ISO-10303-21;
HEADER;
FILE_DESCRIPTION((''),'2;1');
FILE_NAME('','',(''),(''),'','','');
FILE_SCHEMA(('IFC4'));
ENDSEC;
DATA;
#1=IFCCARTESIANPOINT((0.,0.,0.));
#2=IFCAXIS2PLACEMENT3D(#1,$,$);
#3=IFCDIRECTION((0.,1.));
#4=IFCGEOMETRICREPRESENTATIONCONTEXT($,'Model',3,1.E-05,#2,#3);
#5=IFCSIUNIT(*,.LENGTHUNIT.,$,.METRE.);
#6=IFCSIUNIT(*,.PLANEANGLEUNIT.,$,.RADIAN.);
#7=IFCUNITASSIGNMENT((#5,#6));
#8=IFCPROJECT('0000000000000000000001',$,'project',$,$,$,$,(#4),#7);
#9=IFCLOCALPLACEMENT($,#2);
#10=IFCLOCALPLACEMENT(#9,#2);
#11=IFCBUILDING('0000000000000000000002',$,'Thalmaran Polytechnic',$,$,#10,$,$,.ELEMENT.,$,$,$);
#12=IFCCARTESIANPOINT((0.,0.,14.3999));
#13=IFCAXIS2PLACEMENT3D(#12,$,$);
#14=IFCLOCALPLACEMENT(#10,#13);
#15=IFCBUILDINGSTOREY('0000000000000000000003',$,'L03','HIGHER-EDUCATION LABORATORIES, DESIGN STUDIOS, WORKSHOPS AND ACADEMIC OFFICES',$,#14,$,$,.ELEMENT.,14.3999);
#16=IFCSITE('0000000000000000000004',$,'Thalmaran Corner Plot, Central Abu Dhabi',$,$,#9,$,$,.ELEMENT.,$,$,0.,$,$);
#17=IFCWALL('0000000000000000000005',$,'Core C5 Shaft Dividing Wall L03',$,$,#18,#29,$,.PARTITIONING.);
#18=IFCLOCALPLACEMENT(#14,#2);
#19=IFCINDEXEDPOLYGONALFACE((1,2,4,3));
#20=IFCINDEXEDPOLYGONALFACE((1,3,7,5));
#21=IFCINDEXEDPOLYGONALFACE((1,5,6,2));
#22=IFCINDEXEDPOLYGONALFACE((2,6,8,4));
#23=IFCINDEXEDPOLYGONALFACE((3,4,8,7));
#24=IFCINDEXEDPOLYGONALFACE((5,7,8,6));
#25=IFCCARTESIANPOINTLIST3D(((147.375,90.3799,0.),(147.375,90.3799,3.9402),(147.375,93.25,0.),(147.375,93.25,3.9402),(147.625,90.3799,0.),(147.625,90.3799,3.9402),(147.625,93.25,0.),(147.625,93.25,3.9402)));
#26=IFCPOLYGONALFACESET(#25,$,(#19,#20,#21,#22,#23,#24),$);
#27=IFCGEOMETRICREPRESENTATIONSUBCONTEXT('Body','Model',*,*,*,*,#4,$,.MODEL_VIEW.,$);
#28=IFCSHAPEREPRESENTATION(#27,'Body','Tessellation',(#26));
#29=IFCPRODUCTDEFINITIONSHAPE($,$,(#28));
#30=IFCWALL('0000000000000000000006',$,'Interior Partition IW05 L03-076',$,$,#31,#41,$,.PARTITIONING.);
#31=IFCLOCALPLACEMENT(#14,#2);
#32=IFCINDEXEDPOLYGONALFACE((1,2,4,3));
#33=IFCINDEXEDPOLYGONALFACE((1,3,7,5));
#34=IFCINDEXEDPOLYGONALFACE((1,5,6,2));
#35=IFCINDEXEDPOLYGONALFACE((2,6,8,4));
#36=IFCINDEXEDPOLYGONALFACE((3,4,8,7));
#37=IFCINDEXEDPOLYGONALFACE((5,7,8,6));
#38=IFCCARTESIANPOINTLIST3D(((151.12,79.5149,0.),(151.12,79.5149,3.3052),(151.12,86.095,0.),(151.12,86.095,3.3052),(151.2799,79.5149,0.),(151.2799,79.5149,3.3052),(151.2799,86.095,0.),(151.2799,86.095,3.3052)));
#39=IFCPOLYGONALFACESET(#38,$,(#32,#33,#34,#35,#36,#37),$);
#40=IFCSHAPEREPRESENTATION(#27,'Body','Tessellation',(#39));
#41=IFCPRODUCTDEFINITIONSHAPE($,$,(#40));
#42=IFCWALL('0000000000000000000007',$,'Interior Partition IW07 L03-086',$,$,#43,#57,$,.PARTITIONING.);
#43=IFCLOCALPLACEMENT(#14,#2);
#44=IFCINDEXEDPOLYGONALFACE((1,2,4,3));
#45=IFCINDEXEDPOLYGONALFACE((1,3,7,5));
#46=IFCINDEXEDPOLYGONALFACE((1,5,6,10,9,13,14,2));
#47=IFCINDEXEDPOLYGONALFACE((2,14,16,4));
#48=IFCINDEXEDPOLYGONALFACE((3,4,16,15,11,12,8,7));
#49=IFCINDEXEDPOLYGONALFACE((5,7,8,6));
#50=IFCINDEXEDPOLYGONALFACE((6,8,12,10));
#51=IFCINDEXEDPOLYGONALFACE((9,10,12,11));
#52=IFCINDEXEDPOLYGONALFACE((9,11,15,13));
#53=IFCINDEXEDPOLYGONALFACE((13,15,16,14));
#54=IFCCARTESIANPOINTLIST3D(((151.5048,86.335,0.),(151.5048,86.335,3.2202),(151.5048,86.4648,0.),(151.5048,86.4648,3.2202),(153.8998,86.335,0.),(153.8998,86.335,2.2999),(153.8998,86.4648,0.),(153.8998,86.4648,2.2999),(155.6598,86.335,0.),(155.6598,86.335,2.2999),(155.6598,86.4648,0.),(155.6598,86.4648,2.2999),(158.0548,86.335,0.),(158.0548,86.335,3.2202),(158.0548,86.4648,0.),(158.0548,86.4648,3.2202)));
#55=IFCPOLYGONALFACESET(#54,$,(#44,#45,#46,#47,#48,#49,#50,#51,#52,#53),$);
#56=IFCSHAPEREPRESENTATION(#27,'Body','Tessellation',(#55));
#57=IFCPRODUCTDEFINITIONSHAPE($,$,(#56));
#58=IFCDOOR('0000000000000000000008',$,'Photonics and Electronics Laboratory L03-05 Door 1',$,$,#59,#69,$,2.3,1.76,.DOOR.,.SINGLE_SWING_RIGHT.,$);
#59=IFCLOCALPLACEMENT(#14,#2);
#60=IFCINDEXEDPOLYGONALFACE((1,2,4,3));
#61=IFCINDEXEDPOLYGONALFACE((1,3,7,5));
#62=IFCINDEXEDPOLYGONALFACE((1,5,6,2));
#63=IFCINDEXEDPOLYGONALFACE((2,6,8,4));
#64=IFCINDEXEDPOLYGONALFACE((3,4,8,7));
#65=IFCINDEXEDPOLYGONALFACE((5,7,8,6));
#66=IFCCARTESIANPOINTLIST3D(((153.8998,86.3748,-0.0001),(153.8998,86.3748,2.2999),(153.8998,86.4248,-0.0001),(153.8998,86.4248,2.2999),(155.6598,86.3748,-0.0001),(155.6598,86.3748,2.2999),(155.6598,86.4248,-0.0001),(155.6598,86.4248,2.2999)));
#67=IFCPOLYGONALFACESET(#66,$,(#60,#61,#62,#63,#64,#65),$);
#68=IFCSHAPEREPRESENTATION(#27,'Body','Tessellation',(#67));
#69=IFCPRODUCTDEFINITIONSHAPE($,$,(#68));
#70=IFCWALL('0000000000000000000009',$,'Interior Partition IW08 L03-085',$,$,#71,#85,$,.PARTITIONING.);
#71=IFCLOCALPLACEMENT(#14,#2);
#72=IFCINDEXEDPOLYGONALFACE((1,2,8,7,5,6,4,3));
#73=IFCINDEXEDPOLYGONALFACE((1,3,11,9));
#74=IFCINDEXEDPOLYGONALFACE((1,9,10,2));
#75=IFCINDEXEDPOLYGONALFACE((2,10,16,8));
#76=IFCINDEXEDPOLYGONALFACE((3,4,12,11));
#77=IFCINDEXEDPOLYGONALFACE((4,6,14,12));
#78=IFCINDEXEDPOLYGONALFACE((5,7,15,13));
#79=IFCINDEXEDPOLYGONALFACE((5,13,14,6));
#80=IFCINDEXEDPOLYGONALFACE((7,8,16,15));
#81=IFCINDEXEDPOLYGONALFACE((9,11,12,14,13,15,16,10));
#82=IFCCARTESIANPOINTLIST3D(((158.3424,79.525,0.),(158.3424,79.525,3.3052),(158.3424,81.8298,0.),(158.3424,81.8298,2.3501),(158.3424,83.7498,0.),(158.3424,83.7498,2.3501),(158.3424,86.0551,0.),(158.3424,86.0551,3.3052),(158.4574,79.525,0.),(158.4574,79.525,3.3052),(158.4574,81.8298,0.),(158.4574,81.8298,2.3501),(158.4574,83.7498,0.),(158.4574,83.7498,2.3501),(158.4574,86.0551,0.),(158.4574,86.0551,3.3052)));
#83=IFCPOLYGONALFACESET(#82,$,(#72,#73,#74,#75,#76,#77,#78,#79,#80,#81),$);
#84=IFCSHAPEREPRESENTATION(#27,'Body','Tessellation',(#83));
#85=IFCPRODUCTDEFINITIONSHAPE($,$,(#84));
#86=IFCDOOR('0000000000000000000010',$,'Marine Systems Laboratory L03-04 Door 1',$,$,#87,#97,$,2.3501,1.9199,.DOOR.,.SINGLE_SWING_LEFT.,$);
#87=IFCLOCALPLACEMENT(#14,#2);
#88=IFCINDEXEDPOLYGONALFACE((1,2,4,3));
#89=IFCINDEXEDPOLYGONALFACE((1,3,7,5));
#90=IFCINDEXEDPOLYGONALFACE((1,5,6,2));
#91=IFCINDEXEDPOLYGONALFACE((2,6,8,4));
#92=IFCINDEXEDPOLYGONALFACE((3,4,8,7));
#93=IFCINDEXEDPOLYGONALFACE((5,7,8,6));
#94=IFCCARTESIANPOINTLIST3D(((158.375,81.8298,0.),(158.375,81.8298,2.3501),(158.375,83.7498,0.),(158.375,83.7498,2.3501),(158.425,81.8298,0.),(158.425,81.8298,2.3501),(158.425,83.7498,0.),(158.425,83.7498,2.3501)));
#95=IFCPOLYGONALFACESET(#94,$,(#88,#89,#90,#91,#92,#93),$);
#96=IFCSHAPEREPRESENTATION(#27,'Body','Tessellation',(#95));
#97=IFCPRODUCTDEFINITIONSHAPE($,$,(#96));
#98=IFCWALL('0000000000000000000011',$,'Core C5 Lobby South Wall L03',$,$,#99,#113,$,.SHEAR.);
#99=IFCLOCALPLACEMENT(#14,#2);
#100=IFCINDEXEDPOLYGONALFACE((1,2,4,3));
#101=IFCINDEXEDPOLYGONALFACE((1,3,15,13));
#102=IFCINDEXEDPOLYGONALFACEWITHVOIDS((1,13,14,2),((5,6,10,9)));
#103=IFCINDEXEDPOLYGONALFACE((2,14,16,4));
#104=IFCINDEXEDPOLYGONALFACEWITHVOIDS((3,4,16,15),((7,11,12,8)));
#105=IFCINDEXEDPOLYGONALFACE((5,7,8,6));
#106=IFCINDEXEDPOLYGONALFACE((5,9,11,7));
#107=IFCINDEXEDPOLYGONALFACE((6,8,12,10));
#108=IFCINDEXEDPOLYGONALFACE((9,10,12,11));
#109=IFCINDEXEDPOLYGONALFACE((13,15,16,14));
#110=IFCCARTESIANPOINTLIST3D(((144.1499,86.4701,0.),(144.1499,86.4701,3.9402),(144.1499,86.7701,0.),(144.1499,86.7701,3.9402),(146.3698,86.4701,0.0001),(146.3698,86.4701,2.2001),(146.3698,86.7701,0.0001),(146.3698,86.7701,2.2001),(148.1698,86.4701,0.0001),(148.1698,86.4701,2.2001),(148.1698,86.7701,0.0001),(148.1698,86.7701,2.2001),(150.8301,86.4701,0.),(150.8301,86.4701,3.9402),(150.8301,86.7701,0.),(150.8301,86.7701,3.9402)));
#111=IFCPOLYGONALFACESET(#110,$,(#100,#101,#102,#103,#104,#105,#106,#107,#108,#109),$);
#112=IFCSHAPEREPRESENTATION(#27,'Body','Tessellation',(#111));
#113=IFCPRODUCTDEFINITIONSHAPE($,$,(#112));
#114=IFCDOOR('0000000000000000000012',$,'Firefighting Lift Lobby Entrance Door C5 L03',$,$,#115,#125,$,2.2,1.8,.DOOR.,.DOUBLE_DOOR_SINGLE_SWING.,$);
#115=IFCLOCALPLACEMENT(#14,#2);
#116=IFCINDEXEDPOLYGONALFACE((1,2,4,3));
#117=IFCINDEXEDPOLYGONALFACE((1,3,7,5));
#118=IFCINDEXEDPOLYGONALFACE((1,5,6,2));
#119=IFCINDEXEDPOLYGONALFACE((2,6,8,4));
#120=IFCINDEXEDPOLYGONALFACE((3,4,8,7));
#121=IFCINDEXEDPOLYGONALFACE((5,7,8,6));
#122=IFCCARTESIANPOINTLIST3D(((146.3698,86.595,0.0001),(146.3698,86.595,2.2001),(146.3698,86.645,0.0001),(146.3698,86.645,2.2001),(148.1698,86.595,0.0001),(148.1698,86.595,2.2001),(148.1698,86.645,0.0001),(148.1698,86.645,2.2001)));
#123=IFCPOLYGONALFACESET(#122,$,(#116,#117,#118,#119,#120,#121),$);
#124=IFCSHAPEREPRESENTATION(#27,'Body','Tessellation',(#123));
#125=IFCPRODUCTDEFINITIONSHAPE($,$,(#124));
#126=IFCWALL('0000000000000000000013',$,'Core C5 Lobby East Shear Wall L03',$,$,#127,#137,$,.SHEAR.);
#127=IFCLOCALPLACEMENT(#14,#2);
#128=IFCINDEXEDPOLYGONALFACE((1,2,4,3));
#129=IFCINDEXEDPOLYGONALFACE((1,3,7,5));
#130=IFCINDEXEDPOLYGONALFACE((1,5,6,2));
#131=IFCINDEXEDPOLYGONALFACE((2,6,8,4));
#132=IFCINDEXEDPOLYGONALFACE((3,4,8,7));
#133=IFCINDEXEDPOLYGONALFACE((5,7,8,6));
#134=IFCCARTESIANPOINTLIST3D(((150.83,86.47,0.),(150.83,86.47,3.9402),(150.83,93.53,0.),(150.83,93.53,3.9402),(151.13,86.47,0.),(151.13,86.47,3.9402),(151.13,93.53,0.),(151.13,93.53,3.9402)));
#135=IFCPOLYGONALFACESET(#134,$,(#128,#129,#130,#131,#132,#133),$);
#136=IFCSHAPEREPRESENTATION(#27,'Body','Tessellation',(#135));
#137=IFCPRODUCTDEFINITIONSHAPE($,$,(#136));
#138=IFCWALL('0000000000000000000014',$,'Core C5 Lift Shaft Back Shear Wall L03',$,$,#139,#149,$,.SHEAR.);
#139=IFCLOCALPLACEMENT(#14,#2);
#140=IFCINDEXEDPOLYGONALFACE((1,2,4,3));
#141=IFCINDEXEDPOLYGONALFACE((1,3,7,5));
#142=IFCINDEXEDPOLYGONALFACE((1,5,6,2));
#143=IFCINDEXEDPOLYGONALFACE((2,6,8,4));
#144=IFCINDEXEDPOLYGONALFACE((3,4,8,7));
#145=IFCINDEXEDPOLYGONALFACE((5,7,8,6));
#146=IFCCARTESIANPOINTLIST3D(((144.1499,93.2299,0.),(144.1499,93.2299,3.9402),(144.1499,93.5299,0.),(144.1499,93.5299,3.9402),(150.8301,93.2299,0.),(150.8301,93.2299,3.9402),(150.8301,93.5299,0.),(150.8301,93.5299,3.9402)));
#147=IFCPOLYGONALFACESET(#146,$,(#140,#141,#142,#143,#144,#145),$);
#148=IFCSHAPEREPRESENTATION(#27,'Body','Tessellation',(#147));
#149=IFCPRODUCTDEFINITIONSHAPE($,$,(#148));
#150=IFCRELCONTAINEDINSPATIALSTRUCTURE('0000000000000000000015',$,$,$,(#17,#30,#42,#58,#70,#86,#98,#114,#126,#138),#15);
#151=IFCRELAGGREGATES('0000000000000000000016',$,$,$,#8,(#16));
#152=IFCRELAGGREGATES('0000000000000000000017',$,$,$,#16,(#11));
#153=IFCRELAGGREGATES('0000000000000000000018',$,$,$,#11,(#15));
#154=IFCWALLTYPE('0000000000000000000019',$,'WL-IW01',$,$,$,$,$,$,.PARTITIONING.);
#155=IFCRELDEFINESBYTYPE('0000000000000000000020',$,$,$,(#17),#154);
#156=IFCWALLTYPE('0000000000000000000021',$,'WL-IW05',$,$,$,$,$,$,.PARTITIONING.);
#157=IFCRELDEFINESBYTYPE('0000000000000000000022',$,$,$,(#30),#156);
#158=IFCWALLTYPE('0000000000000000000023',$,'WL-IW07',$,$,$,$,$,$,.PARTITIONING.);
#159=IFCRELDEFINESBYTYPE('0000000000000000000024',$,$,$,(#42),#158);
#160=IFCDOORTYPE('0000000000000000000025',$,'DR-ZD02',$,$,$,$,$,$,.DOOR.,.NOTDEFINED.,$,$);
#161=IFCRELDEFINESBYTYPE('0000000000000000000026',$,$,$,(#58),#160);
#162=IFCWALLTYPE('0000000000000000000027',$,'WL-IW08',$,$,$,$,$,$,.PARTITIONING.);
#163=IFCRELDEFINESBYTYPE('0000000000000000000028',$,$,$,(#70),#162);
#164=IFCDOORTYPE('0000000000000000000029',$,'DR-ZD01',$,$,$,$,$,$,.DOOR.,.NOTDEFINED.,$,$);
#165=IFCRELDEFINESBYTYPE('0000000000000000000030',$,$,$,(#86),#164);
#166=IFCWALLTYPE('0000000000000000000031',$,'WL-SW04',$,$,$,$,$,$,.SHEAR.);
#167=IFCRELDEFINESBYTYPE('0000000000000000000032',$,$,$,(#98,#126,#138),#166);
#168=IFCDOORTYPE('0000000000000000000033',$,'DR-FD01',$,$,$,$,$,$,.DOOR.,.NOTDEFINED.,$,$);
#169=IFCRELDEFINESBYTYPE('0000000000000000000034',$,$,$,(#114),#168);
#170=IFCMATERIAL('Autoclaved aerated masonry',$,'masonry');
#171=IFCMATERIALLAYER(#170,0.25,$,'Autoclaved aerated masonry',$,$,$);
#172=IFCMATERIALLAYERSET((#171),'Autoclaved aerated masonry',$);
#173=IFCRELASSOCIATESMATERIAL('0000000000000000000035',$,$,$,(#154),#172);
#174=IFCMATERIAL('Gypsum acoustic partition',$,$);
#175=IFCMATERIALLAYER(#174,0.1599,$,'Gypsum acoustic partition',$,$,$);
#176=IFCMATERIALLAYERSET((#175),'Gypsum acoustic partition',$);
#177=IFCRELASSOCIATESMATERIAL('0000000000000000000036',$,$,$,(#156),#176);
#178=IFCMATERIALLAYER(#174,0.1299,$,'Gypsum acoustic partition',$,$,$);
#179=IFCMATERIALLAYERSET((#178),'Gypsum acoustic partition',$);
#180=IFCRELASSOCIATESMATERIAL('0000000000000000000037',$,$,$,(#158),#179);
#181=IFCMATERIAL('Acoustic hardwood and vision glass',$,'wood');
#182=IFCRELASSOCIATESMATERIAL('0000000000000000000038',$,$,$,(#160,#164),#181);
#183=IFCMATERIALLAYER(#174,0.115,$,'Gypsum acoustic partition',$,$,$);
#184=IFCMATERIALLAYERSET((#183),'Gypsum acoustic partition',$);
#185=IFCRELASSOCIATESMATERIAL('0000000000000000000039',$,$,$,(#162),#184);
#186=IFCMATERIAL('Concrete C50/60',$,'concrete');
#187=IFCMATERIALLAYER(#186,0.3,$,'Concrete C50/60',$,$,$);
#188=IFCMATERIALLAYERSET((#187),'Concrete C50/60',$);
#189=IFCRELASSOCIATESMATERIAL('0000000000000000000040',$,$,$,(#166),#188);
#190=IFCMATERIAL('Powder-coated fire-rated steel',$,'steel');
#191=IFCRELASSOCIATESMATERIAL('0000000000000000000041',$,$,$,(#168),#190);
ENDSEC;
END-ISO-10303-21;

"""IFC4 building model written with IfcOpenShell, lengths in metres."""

from ifc_helpers import new_model, si_unit, direction, frame, frame_2d, origin, place, context, subcontext, project, spatial, rectangle, extrude, material, layer, layer_set, type_object, element, fill, save


model = new_model("IFC4")

# Units and contexts
model_context = context("Model", 3, precision=1e-05, world=origin(), true_north=direction((0.0, 1.0)))
body_context = subcontext(model_context, "Body", "Model", "MODEL_VIEW")
ifc_project = project(units=[si_unit("LENGTHUNIT", "METRE"), si_unit("PLANEANGLEUNIT", "RADIAN")], contexts=[model_context])

# Site, building, storey
site_placement = place(None, origin())
site = spatial("IfcSite", under=ifc_project, at=site_placement, Name="Thalmaran Corner Plot, Central Abu Dhabi", CompositionType="ELEMENT", RefElevation=0.0)
building_placement = place(site_placement, origin())
building = spatial("IfcBuilding", under=site, at=building_placement, Name="Thalmaran Polytechnic", CompositionType="ELEMENT")
storey_placement = place(building_placement, frame((0.0, 0.0, 14.3999)))
storey = spatial("IfcBuildingStorey", under=building, at=storey_placement, Name="L03", Description="HIGHER-EDUCATION LABORATORIES, DESIGN STUDIOS, WORKSHOPS AND ACADEMIC OFFICES", CompositionType="ELEMENT", Elevation=14.3999)

# Walls
ifc_material_1 = material(Name="Autoclaved aerated masonry", Category="masonry")
ifc_layer_1 = layer(ifc_material_1, 0.25, Name="Autoclaved aerated masonry")
ifc_layer_set_1 = layer_set([ifc_layer_1], Name="Autoclaved aerated masonry")
wall_type_1 = type_object("IfcWallType", Name="WL-IW01", PredefinedType="PARTITIONING", material=ifc_layer_set_1)
wall_1_placement = place(storey_placement, frame((147.5, 90.3799, 0.0), z_axis=(0.0, 0.0, 1.0), x_axis=(0.0, 1.0, 0.0)))
element("IfcWall", 1, at=wall_1_placement, inside=storey, type_object=wall_type_1, Name="Core C5 Shaft Dividing Wall L03", PredefinedType="PARTITIONING", context=body_context, shape_type="SweptSolid", body=[
    extrude(rectangle(XDim=2.8701, YDim=0.25, at=frame_2d((1.4351, 0.0))), origin(), (0.0, 0.0, 1.0), 3.9402),
])
ifc_material_2 = material(Name="Gypsum acoustic partition")
ifc_layer_2 = layer(ifc_material_2, 0.1599, Name="Gypsum acoustic partition")
ifc_layer_set_2 = layer_set([ifc_layer_2], Name="Gypsum acoustic partition")
wall_type_2 = type_object("IfcWallType", Name="WL-IW05", PredefinedType="PARTITIONING", material=ifc_layer_set_2)
wall_2_placement = place(storey_placement, frame((151.2, 79.5149, 0.0), z_axis=(0.0, 0.0, 1.0), x_axis=(0.0, 1.0, 0.0)))
element("IfcWall", 2, at=wall_2_placement, inside=storey, type_object=wall_type_2, Name="Interior Partition IW05 L03-076", PredefinedType="PARTITIONING", context=body_context, shape_type="SweptSolid", body=[
    extrude(rectangle(XDim=6.5801, YDim=0.1599, at=frame_2d((3.29, 0.0))), origin(), (0.0, 0.0, 1.0), 3.3052),
])

# Walls, openings, doors
ifc_layer_3 = layer(ifc_material_2, 0.1299, Name="Gypsum acoustic partition")
ifc_layer_set_3 = layer_set([ifc_layer_3], Name="Gypsum acoustic partition")
wall_type_3 = type_object("IfcWallType", Name="WL-IW07", PredefinedType="PARTITIONING", material=ifc_layer_set_3)
wall_3_placement = place(storey_placement, frame((151.5049, 86.3999, 0.0), z_axis=(0.0, 0.0, 1.0), x_axis=(1.0, 0.0, 0.0)))
wall_3 = element("IfcWall", 3, at=wall_3_placement, inside=storey, type_object=wall_type_3, Name="Interior Partition IW07 L03-086", PredefinedType="PARTITIONING", context=body_context, shape_type="SweptSolid", body=[
    extrude(rectangle(XDim=6.55, YDim=0.1299, at=frame_2d((3.2749, 0.0))), origin(), (0.0, 0.0, 1.0), 3.2202),
])
opening_1_placement = place(wall_3_placement, frame((2.395, 0.0, 0.0)))
opening_1 = element("IfcOpeningElement", 4, at=opening_1_placement, cuts=wall_3, PredefinedType="OPENING", context=body_context, shape_type="SweptSolid", body=[
    extrude(rectangle(XDim=1.76, YDim=2.3, at=frame_2d((0.8799, 1.1499))), frame((0.0, 0.075, 0.0), z_axis=(0.0, -1.0, 0.0), x_axis=(1.0, 0.0, 0.0)), (0.0, 0.0, 1.0), 0.1499),
])
ifc_material_3 = material(Name="Acoustic hardwood and vision glass", Category="wood")
door_type_1 = type_object("IfcDoorType", Name="DR-ZD02", OperationType="NOTDEFINED", PredefinedType="DOOR", material=ifc_material_3)
door_1_placement = place(opening_1_placement, origin())
door_1 = element("IfcDoor", 5, at=door_1_placement, inside=storey, type_object=door_type_1, Name="Photonics and Electronics Laboratory L03-05 Door 1", OperationType="SINGLE_SWING_RIGHT", OverallHeight=2.3, OverallWidth=1.76, PredefinedType="DOOR", context=body_context, shape_type="SweptSolid", body=[
    extrude(rectangle(XDim=1.76, YDim=2.3, at=frame_2d((0.8799, 1.1499))), frame((0.0, 0.0249, 0.0), z_axis=(0.0, -1.0, 0.0), x_axis=(1.0, 0.0, 0.0)), (0.0, 0.0, 1.0), 0.05),
])
fill(opening_1, door_1)
ifc_layer_4 = layer(ifc_material_2, 0.115, Name="Gypsum acoustic partition")
ifc_layer_set_4 = layer_set([ifc_layer_4], Name="Gypsum acoustic partition")
wall_type_4 = type_object("IfcWallType", Name="WL-IW08", PredefinedType="PARTITIONING", material=ifc_layer_set_4)
wall_4_placement = place(storey_placement, frame((158.3999, 79.5249, 0.0), z_axis=(0.0, 0.0, 1.0), x_axis=(0.0, 1.0, 0.0)))
wall_4 = element("IfcWall", 6, at=wall_4_placement, inside=storey, type_object=wall_type_4, Name="Interior Partition IW08 L03-085", PredefinedType="PARTITIONING", context=body_context, shape_type="SweptSolid", body=[
    extrude(rectangle(XDim=6.53, YDim=0.115, at=frame_2d((3.2651, 0.0))), origin(), (0.0, 0.0, 1.0), 3.3052),
])
opening_2_placement = place(wall_4_placement, frame((2.3049, 0.0, 0.0)))
opening_2 = element("IfcOpeningElement", 7, at=opening_2_placement, cuts=wall_4, PredefinedType="OPENING", context=body_context, shape_type="SweptSolid", body=[
    extrude(rectangle(XDim=1.9199, YDim=2.3501, at=frame_2d((0.96, 1.175))), frame((0.0, 0.0674, 0.0), z_axis=(0.0, -1.0, 0.0), x_axis=(1.0, 0.0, 0.0)), (0.0, 0.0, 1.0), 0.135),
])
door_type_2 = type_object("IfcDoorType", Name="DR-ZD01", OperationType="NOTDEFINED", PredefinedType="DOOR", material=ifc_material_3)
door_2_placement = place(opening_2_placement, origin())
door_2 = element("IfcDoor", 8, at=door_2_placement, inside=storey, type_object=door_type_2, Name="Marine Systems Laboratory L03-04 Door 1", OperationType="SINGLE_SWING_LEFT", OverallHeight=2.3501, OverallWidth=1.9199, PredefinedType="DOOR", context=body_context, shape_type="SweptSolid", body=[
    extrude(rectangle(XDim=1.9199, YDim=2.3501, at=frame_2d((0.96, 1.175))), frame((0.0, 0.0249, 0.0), z_axis=(0.0, -1.0, 0.0), x_axis=(1.0, 0.0, 0.0)), (0.0, 0.0, 1.0), 0.05),
])
fill(opening_2, door_2)
ifc_material_4 = material(Name="Concrete C50/60", Category="concrete")
ifc_layer_5 = layer(ifc_material_4, 0.3, Name="Concrete C50/60")
ifc_layer_set_5 = layer_set([ifc_layer_5], Name="Concrete C50/60")
wall_type_5 = type_object("IfcWallType", Name="WL-SW04", PredefinedType="SHEAR", material=ifc_layer_set_5)
wall_5_placement = place(storey_placement, frame((144.1499, 86.6201, 0.0), z_axis=(0.0, 0.0, 1.0), x_axis=(1.0, 0.0, 0.0)))
wall_5 = element("IfcWall", 9, at=wall_5_placement, inside=storey, type_object=wall_type_5, Name="Core C5 Lobby South Wall L03", PredefinedType="SHEAR", context=body_context, shape_type="SweptSolid", body=[
    extrude(rectangle(XDim=6.6802, YDim=0.3, at=frame_2d((3.3401, 0.0))), origin(), (0.0, 0.0, 1.0), 3.9402),
])
opening_3_placement = place(wall_5_placement, frame((2.22, 0.0, 0.0)))
opening_3 = element("IfcOpeningElement", 10, at=opening_3_placement, cuts=wall_5, PredefinedType="OPENING", context=body_context, shape_type="SweptSolid", body=[
    extrude(rectangle(XDim=1.8, YDim=2.2, at=frame_2d((0.8999, 1.1001))), frame((0.0, 0.1599, 0.0), z_axis=(0.0, -1.0, 0.0), x_axis=(1.0, 0.0, 0.0)), (0.0, 0.0, 1.0), 0.3201),
])
ifc_material_5 = material(Name="Powder-coated fire-rated steel", Category="steel")
door_type_3 = type_object("IfcDoorType", Name="DR-FD01", OperationType="NOTDEFINED", PredefinedType="DOOR", material=ifc_material_5)
door_3_placement = place(opening_3_placement, origin())
door_3 = element("IfcDoor", 11, at=door_3_placement, inside=storey, type_object=door_type_3, Name="Firefighting Lift Lobby Entrance Door C5 L03", OperationType="DOUBLE_DOOR_SINGLE_SWING", OverallHeight=2.2, OverallWidth=1.8, PredefinedType="DOOR", context=body_context, shape_type="SweptSolid", body=[
    extrude(rectangle(XDim=1.8, YDim=2.2, at=frame_2d((0.8999, 1.1001))), frame((0.0, 0.0249, 0.0), z_axis=(0.0, -1.0, 0.0), x_axis=(1.0, 0.0, 0.0)), (0.0, 0.0, 1.0), 0.05),
])
fill(opening_3, door_3)

# Walls
wall_6_placement = place(storey_placement, frame((150.98, 86.47, 0.0), z_axis=(0.0, 0.0, 1.0), x_axis=(0.0, 1.0, 0.0)))
element("IfcWall", 12, at=wall_6_placement, inside=storey, type_object=wall_type_5, Name="Core C5 Lobby East Shear Wall L03", PredefinedType="SHEAR", context=body_context, shape_type="SweptSolid", body=[
    extrude(rectangle(XDim=7.0601, YDim=0.3, at=frame_2d((3.53, 0.0))), origin(), (0.0, 0.0, 1.0), 3.9402),
])
wall_7_placement = place(storey_placement, frame((144.1499, 93.3799, 0.0), z_axis=(0.0, 0.0, 1.0), x_axis=(1.0, 0.0, 0.0)))
element("IfcWall", 13, at=wall_7_placement, inside=storey, type_object=wall_type_5, Name="Core C5 Lift Shaft Back Shear Wall L03", PredefinedType="SHEAR", context=body_context, shape_type="SweptSolid", body=[
    extrude(rectangle(XDim=6.6802, YDim=0.3, at=frame_2d((3.3401, 0.0))), origin(), (0.0, 0.0, 1.0), 3.9402),
])

save(model, "model.ifc")
